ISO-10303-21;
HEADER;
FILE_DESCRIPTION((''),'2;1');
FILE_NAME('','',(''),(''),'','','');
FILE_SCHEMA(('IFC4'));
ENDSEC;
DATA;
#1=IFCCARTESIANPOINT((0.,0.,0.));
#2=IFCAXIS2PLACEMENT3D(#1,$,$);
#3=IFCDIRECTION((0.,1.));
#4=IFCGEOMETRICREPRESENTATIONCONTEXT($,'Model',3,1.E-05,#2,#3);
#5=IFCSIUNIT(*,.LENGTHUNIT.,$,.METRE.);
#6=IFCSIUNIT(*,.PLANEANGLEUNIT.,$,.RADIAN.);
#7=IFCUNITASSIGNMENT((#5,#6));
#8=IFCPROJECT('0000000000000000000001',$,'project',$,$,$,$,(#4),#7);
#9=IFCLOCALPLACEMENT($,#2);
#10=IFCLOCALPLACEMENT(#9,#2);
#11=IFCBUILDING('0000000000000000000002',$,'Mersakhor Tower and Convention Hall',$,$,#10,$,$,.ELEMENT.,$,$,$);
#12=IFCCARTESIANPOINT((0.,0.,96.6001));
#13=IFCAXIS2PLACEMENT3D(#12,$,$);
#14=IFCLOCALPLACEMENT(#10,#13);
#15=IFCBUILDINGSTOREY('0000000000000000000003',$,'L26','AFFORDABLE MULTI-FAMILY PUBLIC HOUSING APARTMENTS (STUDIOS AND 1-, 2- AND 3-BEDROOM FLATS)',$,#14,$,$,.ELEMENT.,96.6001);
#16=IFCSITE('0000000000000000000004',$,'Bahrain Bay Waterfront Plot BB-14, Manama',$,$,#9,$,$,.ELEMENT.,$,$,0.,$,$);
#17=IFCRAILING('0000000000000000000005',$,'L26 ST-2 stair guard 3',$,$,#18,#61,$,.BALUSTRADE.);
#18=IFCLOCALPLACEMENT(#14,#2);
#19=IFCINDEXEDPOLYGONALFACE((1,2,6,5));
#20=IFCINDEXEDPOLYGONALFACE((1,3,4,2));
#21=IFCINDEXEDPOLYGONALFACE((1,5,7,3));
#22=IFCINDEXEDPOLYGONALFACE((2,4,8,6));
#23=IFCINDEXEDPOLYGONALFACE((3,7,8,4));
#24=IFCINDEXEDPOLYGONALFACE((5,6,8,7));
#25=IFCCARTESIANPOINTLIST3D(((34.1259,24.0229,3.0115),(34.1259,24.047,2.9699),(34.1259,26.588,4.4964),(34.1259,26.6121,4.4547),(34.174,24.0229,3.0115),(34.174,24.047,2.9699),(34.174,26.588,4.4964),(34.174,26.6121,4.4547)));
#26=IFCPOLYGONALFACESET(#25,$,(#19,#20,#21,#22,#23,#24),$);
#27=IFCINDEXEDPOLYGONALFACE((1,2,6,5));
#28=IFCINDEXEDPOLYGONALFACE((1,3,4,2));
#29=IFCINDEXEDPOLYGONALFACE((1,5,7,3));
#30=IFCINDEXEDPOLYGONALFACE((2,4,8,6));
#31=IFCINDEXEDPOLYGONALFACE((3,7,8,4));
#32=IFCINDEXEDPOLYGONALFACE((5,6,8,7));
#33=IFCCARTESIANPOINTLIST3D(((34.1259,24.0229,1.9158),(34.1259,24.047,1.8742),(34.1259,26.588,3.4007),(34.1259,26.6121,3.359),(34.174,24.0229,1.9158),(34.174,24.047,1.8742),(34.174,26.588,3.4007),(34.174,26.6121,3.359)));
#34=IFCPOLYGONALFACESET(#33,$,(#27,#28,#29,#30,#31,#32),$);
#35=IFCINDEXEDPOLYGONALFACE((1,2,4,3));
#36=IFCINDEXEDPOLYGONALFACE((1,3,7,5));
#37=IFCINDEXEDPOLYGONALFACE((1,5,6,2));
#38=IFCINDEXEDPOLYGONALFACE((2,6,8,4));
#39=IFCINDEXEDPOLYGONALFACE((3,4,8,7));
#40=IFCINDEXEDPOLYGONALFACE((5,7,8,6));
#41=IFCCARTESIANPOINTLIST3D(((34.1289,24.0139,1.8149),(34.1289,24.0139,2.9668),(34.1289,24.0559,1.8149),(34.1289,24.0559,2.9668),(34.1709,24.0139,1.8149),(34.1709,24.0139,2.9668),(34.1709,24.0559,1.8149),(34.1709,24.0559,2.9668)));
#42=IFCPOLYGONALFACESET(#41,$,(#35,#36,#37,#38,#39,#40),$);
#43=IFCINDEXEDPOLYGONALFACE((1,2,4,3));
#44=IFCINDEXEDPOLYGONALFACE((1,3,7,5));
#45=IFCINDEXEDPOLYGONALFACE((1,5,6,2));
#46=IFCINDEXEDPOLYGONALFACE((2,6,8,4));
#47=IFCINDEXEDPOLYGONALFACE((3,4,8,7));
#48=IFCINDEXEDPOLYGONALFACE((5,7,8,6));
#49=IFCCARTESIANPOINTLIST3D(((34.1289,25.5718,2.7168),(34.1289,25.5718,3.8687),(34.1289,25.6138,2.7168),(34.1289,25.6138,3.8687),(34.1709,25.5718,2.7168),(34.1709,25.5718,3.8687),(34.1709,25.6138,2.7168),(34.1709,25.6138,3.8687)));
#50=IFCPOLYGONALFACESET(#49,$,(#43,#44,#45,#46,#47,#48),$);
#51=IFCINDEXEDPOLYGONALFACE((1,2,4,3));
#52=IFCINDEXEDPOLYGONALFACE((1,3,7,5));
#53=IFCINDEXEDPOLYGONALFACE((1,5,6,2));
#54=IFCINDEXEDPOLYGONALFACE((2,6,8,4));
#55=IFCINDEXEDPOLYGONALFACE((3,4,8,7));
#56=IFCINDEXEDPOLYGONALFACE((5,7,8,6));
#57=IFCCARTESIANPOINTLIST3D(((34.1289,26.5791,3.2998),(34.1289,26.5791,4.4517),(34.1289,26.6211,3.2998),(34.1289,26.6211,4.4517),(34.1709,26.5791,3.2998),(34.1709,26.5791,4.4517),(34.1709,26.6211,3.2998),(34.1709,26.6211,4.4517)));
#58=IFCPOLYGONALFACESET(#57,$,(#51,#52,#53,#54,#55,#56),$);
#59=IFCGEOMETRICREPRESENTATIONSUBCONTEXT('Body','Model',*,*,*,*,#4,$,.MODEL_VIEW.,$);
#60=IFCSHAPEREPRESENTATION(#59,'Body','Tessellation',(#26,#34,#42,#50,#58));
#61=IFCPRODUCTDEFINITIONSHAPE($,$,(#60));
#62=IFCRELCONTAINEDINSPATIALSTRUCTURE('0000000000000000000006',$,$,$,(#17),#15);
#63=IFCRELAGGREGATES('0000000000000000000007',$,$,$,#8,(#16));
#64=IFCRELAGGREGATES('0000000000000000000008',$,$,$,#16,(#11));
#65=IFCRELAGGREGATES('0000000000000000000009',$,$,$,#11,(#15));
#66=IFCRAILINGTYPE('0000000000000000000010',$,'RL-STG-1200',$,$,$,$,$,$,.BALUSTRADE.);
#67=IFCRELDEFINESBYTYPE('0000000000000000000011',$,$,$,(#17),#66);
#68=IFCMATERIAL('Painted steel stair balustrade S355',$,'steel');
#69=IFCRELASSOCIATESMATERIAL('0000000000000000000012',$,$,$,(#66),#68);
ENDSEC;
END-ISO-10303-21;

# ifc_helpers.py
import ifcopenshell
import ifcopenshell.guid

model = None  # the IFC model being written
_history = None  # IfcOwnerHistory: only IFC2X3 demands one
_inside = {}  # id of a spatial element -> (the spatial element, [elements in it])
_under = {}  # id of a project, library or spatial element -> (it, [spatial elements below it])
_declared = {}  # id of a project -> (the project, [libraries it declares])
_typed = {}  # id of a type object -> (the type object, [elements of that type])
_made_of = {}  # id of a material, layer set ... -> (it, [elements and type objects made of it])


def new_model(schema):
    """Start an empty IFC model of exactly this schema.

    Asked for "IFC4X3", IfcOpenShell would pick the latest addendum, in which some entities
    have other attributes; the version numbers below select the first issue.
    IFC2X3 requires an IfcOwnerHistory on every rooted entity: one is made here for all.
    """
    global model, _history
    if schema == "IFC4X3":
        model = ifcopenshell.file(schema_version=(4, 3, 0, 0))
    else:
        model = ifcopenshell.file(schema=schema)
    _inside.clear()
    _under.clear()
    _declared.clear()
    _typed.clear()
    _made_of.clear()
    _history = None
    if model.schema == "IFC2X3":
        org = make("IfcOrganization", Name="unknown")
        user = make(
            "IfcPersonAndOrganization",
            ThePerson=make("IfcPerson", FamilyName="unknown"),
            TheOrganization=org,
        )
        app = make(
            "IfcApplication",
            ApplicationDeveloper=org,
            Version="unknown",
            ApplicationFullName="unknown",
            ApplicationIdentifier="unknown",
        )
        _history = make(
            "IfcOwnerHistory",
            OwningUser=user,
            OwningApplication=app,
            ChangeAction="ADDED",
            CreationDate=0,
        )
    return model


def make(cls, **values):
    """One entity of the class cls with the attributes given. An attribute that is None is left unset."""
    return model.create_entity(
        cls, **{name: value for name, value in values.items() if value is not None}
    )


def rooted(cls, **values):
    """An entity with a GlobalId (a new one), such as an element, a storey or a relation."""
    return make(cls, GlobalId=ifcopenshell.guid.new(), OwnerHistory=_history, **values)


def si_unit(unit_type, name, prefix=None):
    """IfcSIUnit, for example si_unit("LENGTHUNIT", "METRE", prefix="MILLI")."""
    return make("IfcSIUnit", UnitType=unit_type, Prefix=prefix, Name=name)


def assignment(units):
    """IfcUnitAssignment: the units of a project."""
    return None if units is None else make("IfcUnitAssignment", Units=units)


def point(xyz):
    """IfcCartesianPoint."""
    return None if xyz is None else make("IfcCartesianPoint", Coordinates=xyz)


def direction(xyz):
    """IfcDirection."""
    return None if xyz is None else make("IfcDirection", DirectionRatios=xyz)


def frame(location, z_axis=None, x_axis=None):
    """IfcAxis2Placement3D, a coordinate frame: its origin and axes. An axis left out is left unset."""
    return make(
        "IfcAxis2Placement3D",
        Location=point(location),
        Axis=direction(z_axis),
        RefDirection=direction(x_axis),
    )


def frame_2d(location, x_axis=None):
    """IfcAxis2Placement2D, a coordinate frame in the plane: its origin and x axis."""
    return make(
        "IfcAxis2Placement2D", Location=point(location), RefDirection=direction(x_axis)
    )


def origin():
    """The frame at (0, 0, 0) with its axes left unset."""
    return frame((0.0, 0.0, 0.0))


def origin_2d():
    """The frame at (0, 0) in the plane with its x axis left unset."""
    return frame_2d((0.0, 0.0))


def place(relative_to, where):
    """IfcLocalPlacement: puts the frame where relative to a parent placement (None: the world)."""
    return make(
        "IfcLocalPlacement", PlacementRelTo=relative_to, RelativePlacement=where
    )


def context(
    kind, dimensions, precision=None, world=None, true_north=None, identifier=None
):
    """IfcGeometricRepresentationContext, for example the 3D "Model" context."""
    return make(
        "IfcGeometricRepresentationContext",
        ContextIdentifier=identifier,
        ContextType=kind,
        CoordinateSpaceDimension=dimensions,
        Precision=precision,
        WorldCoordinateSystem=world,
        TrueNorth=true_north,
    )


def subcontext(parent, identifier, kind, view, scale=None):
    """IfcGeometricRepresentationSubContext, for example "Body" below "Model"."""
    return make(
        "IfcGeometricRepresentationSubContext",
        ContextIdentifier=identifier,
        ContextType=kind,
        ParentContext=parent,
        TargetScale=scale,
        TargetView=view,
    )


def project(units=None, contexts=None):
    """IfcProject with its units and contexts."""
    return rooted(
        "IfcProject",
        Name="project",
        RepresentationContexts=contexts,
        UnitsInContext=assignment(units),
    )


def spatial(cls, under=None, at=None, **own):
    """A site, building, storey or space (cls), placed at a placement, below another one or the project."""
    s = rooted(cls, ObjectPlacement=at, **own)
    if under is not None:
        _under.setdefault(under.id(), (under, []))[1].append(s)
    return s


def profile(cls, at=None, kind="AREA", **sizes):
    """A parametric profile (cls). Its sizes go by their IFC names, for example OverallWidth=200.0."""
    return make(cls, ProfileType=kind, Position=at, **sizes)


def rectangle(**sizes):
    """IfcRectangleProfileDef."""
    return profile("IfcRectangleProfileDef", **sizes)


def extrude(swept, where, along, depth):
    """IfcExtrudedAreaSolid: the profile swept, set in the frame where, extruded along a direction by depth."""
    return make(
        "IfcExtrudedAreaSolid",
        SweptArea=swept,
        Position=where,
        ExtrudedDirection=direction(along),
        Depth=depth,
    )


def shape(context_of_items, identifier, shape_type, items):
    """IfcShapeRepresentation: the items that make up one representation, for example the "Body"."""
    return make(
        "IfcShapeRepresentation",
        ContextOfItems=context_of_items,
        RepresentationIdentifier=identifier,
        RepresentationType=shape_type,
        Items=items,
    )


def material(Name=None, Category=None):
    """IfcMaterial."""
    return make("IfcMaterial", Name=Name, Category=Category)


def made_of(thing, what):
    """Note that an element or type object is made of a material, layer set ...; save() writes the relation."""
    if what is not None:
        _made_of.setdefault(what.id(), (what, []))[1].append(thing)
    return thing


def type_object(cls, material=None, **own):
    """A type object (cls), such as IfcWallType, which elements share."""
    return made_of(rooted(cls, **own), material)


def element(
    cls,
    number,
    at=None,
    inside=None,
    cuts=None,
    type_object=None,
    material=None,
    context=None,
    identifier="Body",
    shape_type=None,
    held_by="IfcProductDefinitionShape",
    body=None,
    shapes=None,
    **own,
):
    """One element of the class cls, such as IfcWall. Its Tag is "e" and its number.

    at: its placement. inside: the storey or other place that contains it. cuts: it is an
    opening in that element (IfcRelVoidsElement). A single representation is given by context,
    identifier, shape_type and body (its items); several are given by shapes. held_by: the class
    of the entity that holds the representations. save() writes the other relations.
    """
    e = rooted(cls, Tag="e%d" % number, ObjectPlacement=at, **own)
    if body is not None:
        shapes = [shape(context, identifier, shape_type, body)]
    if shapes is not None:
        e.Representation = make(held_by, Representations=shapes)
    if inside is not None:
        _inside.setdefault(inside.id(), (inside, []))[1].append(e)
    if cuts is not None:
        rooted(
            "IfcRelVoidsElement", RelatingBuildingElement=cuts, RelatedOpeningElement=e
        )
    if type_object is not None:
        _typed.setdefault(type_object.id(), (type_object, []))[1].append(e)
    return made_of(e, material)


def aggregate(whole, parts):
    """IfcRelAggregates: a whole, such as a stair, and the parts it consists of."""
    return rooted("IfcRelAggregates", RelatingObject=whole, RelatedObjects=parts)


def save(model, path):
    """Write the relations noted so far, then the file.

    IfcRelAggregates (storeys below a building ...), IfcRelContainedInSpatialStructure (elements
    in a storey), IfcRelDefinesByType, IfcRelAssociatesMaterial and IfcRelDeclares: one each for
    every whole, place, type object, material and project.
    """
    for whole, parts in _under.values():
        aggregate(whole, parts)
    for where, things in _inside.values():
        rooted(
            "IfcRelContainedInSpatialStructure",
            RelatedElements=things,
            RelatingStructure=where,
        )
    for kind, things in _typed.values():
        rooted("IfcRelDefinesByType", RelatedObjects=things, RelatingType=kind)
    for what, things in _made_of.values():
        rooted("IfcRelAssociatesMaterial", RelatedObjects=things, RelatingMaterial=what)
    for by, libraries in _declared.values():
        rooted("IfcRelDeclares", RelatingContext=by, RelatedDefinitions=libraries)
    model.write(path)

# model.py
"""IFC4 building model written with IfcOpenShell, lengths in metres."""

from ifc_helpers import new_model, si_unit, direction, frame, origin, origin_2d, place, context, subcontext, project, spatial, rectangle, extrude, material, type_object, element, save


model = new_model("IFC4")

# Units and contexts
model_context = context("Model", 3, precision=1e-05, world=origin(), true_north=direction((0.0, 1.0)))
body_context = subcontext(model_context, "Body", "Model", "MODEL_VIEW")
ifc_project = project(units=[si_unit("LENGTHUNIT", "METRE"), si_unit("PLANEANGLEUNIT", "RADIAN")], contexts=[model_context])

# Site, building, storey
site_placement = place(None, origin())
site = spatial("IfcSite", under=ifc_project, at=site_placement, Name="Bahrain Bay Waterfront Plot BB-14, Manama", CompositionType="ELEMENT", RefElevation=0.0)
building_placement = place(site_placement, origin())
building = spatial("IfcBuilding", under=site, at=building_placement, Name="Mersakhor Tower and Convention Hall", CompositionType="ELEMENT")
storey_placement = place(building_placement, frame((0.0, 0.0, 96.6001)))
storey = spatial("IfcBuildingStorey", under=building, at=storey_placement, Name="L26", Description="AFFORDABLE MULTI-FAMILY PUBLIC HOUSING APARTMENTS (STUDIOS AND 1-, 2- AND 3-BEDROOM FLATS)", CompositionType="ELEMENT", Elevation=96.6001)

# Railing
ifc_material_1 = material(Name="Painted steel stair balustrade S355", Category="steel")
railing_type = type_object("IfcRailingType", Name="RL-STG-1200", PredefinedType="BALUSTRADE", material=ifc_material_1)
railing_1_placement = place(storey_placement, frame((34.1499, 24.0349, 1.8149)))
element("IfcRailing", 1, at=railing_1_placement, inside=storey, type_object=railing_type, Name="L26 ST-2 stair guard 3", PredefinedType="BALUSTRADE", context=body_context, shape_type="SweptSolid", body=[
    extrude(rectangle(XDim=0.0481, YDim=0.0481, at=origin_2d()), frame((0.0, 0.0, 1.1758), z_axis=(0.0, 0.865462, 0.500975), x_axis=(-1.0, 0.0, 0.0)), (0.0, 0.0, 1.0), 2.9639),
    extrude(rectangle(XDim=0.0481, YDim=0.0481, at=origin_2d()), frame((0.0, 0.0, 0.0801), z_axis=(0.0, 0.865462, 0.500975), x_axis=(-1.0, 0.0, 0.0)), (0.0, 0.0, 1.0), 2.9639),
    extrude(rectangle(XDim=0.042, YDim=0.042, at=origin_2d()), origin(), (0.0, 0.0, 1.0), 1.1519),
    extrude(rectangle(XDim=0.042, YDim=0.042, at=origin_2d()), frame((0.0, 1.5579, 0.9019)), (0.0, 0.0, 1.0), 1.1519),
    extrude(rectangle(XDim=0.042, YDim=0.042, at=origin_2d()), frame((0.0, 2.5652, 1.4849)), (0.0, 0.0, 1.0), 1.1519),
])

save(model, "model.ifc")
